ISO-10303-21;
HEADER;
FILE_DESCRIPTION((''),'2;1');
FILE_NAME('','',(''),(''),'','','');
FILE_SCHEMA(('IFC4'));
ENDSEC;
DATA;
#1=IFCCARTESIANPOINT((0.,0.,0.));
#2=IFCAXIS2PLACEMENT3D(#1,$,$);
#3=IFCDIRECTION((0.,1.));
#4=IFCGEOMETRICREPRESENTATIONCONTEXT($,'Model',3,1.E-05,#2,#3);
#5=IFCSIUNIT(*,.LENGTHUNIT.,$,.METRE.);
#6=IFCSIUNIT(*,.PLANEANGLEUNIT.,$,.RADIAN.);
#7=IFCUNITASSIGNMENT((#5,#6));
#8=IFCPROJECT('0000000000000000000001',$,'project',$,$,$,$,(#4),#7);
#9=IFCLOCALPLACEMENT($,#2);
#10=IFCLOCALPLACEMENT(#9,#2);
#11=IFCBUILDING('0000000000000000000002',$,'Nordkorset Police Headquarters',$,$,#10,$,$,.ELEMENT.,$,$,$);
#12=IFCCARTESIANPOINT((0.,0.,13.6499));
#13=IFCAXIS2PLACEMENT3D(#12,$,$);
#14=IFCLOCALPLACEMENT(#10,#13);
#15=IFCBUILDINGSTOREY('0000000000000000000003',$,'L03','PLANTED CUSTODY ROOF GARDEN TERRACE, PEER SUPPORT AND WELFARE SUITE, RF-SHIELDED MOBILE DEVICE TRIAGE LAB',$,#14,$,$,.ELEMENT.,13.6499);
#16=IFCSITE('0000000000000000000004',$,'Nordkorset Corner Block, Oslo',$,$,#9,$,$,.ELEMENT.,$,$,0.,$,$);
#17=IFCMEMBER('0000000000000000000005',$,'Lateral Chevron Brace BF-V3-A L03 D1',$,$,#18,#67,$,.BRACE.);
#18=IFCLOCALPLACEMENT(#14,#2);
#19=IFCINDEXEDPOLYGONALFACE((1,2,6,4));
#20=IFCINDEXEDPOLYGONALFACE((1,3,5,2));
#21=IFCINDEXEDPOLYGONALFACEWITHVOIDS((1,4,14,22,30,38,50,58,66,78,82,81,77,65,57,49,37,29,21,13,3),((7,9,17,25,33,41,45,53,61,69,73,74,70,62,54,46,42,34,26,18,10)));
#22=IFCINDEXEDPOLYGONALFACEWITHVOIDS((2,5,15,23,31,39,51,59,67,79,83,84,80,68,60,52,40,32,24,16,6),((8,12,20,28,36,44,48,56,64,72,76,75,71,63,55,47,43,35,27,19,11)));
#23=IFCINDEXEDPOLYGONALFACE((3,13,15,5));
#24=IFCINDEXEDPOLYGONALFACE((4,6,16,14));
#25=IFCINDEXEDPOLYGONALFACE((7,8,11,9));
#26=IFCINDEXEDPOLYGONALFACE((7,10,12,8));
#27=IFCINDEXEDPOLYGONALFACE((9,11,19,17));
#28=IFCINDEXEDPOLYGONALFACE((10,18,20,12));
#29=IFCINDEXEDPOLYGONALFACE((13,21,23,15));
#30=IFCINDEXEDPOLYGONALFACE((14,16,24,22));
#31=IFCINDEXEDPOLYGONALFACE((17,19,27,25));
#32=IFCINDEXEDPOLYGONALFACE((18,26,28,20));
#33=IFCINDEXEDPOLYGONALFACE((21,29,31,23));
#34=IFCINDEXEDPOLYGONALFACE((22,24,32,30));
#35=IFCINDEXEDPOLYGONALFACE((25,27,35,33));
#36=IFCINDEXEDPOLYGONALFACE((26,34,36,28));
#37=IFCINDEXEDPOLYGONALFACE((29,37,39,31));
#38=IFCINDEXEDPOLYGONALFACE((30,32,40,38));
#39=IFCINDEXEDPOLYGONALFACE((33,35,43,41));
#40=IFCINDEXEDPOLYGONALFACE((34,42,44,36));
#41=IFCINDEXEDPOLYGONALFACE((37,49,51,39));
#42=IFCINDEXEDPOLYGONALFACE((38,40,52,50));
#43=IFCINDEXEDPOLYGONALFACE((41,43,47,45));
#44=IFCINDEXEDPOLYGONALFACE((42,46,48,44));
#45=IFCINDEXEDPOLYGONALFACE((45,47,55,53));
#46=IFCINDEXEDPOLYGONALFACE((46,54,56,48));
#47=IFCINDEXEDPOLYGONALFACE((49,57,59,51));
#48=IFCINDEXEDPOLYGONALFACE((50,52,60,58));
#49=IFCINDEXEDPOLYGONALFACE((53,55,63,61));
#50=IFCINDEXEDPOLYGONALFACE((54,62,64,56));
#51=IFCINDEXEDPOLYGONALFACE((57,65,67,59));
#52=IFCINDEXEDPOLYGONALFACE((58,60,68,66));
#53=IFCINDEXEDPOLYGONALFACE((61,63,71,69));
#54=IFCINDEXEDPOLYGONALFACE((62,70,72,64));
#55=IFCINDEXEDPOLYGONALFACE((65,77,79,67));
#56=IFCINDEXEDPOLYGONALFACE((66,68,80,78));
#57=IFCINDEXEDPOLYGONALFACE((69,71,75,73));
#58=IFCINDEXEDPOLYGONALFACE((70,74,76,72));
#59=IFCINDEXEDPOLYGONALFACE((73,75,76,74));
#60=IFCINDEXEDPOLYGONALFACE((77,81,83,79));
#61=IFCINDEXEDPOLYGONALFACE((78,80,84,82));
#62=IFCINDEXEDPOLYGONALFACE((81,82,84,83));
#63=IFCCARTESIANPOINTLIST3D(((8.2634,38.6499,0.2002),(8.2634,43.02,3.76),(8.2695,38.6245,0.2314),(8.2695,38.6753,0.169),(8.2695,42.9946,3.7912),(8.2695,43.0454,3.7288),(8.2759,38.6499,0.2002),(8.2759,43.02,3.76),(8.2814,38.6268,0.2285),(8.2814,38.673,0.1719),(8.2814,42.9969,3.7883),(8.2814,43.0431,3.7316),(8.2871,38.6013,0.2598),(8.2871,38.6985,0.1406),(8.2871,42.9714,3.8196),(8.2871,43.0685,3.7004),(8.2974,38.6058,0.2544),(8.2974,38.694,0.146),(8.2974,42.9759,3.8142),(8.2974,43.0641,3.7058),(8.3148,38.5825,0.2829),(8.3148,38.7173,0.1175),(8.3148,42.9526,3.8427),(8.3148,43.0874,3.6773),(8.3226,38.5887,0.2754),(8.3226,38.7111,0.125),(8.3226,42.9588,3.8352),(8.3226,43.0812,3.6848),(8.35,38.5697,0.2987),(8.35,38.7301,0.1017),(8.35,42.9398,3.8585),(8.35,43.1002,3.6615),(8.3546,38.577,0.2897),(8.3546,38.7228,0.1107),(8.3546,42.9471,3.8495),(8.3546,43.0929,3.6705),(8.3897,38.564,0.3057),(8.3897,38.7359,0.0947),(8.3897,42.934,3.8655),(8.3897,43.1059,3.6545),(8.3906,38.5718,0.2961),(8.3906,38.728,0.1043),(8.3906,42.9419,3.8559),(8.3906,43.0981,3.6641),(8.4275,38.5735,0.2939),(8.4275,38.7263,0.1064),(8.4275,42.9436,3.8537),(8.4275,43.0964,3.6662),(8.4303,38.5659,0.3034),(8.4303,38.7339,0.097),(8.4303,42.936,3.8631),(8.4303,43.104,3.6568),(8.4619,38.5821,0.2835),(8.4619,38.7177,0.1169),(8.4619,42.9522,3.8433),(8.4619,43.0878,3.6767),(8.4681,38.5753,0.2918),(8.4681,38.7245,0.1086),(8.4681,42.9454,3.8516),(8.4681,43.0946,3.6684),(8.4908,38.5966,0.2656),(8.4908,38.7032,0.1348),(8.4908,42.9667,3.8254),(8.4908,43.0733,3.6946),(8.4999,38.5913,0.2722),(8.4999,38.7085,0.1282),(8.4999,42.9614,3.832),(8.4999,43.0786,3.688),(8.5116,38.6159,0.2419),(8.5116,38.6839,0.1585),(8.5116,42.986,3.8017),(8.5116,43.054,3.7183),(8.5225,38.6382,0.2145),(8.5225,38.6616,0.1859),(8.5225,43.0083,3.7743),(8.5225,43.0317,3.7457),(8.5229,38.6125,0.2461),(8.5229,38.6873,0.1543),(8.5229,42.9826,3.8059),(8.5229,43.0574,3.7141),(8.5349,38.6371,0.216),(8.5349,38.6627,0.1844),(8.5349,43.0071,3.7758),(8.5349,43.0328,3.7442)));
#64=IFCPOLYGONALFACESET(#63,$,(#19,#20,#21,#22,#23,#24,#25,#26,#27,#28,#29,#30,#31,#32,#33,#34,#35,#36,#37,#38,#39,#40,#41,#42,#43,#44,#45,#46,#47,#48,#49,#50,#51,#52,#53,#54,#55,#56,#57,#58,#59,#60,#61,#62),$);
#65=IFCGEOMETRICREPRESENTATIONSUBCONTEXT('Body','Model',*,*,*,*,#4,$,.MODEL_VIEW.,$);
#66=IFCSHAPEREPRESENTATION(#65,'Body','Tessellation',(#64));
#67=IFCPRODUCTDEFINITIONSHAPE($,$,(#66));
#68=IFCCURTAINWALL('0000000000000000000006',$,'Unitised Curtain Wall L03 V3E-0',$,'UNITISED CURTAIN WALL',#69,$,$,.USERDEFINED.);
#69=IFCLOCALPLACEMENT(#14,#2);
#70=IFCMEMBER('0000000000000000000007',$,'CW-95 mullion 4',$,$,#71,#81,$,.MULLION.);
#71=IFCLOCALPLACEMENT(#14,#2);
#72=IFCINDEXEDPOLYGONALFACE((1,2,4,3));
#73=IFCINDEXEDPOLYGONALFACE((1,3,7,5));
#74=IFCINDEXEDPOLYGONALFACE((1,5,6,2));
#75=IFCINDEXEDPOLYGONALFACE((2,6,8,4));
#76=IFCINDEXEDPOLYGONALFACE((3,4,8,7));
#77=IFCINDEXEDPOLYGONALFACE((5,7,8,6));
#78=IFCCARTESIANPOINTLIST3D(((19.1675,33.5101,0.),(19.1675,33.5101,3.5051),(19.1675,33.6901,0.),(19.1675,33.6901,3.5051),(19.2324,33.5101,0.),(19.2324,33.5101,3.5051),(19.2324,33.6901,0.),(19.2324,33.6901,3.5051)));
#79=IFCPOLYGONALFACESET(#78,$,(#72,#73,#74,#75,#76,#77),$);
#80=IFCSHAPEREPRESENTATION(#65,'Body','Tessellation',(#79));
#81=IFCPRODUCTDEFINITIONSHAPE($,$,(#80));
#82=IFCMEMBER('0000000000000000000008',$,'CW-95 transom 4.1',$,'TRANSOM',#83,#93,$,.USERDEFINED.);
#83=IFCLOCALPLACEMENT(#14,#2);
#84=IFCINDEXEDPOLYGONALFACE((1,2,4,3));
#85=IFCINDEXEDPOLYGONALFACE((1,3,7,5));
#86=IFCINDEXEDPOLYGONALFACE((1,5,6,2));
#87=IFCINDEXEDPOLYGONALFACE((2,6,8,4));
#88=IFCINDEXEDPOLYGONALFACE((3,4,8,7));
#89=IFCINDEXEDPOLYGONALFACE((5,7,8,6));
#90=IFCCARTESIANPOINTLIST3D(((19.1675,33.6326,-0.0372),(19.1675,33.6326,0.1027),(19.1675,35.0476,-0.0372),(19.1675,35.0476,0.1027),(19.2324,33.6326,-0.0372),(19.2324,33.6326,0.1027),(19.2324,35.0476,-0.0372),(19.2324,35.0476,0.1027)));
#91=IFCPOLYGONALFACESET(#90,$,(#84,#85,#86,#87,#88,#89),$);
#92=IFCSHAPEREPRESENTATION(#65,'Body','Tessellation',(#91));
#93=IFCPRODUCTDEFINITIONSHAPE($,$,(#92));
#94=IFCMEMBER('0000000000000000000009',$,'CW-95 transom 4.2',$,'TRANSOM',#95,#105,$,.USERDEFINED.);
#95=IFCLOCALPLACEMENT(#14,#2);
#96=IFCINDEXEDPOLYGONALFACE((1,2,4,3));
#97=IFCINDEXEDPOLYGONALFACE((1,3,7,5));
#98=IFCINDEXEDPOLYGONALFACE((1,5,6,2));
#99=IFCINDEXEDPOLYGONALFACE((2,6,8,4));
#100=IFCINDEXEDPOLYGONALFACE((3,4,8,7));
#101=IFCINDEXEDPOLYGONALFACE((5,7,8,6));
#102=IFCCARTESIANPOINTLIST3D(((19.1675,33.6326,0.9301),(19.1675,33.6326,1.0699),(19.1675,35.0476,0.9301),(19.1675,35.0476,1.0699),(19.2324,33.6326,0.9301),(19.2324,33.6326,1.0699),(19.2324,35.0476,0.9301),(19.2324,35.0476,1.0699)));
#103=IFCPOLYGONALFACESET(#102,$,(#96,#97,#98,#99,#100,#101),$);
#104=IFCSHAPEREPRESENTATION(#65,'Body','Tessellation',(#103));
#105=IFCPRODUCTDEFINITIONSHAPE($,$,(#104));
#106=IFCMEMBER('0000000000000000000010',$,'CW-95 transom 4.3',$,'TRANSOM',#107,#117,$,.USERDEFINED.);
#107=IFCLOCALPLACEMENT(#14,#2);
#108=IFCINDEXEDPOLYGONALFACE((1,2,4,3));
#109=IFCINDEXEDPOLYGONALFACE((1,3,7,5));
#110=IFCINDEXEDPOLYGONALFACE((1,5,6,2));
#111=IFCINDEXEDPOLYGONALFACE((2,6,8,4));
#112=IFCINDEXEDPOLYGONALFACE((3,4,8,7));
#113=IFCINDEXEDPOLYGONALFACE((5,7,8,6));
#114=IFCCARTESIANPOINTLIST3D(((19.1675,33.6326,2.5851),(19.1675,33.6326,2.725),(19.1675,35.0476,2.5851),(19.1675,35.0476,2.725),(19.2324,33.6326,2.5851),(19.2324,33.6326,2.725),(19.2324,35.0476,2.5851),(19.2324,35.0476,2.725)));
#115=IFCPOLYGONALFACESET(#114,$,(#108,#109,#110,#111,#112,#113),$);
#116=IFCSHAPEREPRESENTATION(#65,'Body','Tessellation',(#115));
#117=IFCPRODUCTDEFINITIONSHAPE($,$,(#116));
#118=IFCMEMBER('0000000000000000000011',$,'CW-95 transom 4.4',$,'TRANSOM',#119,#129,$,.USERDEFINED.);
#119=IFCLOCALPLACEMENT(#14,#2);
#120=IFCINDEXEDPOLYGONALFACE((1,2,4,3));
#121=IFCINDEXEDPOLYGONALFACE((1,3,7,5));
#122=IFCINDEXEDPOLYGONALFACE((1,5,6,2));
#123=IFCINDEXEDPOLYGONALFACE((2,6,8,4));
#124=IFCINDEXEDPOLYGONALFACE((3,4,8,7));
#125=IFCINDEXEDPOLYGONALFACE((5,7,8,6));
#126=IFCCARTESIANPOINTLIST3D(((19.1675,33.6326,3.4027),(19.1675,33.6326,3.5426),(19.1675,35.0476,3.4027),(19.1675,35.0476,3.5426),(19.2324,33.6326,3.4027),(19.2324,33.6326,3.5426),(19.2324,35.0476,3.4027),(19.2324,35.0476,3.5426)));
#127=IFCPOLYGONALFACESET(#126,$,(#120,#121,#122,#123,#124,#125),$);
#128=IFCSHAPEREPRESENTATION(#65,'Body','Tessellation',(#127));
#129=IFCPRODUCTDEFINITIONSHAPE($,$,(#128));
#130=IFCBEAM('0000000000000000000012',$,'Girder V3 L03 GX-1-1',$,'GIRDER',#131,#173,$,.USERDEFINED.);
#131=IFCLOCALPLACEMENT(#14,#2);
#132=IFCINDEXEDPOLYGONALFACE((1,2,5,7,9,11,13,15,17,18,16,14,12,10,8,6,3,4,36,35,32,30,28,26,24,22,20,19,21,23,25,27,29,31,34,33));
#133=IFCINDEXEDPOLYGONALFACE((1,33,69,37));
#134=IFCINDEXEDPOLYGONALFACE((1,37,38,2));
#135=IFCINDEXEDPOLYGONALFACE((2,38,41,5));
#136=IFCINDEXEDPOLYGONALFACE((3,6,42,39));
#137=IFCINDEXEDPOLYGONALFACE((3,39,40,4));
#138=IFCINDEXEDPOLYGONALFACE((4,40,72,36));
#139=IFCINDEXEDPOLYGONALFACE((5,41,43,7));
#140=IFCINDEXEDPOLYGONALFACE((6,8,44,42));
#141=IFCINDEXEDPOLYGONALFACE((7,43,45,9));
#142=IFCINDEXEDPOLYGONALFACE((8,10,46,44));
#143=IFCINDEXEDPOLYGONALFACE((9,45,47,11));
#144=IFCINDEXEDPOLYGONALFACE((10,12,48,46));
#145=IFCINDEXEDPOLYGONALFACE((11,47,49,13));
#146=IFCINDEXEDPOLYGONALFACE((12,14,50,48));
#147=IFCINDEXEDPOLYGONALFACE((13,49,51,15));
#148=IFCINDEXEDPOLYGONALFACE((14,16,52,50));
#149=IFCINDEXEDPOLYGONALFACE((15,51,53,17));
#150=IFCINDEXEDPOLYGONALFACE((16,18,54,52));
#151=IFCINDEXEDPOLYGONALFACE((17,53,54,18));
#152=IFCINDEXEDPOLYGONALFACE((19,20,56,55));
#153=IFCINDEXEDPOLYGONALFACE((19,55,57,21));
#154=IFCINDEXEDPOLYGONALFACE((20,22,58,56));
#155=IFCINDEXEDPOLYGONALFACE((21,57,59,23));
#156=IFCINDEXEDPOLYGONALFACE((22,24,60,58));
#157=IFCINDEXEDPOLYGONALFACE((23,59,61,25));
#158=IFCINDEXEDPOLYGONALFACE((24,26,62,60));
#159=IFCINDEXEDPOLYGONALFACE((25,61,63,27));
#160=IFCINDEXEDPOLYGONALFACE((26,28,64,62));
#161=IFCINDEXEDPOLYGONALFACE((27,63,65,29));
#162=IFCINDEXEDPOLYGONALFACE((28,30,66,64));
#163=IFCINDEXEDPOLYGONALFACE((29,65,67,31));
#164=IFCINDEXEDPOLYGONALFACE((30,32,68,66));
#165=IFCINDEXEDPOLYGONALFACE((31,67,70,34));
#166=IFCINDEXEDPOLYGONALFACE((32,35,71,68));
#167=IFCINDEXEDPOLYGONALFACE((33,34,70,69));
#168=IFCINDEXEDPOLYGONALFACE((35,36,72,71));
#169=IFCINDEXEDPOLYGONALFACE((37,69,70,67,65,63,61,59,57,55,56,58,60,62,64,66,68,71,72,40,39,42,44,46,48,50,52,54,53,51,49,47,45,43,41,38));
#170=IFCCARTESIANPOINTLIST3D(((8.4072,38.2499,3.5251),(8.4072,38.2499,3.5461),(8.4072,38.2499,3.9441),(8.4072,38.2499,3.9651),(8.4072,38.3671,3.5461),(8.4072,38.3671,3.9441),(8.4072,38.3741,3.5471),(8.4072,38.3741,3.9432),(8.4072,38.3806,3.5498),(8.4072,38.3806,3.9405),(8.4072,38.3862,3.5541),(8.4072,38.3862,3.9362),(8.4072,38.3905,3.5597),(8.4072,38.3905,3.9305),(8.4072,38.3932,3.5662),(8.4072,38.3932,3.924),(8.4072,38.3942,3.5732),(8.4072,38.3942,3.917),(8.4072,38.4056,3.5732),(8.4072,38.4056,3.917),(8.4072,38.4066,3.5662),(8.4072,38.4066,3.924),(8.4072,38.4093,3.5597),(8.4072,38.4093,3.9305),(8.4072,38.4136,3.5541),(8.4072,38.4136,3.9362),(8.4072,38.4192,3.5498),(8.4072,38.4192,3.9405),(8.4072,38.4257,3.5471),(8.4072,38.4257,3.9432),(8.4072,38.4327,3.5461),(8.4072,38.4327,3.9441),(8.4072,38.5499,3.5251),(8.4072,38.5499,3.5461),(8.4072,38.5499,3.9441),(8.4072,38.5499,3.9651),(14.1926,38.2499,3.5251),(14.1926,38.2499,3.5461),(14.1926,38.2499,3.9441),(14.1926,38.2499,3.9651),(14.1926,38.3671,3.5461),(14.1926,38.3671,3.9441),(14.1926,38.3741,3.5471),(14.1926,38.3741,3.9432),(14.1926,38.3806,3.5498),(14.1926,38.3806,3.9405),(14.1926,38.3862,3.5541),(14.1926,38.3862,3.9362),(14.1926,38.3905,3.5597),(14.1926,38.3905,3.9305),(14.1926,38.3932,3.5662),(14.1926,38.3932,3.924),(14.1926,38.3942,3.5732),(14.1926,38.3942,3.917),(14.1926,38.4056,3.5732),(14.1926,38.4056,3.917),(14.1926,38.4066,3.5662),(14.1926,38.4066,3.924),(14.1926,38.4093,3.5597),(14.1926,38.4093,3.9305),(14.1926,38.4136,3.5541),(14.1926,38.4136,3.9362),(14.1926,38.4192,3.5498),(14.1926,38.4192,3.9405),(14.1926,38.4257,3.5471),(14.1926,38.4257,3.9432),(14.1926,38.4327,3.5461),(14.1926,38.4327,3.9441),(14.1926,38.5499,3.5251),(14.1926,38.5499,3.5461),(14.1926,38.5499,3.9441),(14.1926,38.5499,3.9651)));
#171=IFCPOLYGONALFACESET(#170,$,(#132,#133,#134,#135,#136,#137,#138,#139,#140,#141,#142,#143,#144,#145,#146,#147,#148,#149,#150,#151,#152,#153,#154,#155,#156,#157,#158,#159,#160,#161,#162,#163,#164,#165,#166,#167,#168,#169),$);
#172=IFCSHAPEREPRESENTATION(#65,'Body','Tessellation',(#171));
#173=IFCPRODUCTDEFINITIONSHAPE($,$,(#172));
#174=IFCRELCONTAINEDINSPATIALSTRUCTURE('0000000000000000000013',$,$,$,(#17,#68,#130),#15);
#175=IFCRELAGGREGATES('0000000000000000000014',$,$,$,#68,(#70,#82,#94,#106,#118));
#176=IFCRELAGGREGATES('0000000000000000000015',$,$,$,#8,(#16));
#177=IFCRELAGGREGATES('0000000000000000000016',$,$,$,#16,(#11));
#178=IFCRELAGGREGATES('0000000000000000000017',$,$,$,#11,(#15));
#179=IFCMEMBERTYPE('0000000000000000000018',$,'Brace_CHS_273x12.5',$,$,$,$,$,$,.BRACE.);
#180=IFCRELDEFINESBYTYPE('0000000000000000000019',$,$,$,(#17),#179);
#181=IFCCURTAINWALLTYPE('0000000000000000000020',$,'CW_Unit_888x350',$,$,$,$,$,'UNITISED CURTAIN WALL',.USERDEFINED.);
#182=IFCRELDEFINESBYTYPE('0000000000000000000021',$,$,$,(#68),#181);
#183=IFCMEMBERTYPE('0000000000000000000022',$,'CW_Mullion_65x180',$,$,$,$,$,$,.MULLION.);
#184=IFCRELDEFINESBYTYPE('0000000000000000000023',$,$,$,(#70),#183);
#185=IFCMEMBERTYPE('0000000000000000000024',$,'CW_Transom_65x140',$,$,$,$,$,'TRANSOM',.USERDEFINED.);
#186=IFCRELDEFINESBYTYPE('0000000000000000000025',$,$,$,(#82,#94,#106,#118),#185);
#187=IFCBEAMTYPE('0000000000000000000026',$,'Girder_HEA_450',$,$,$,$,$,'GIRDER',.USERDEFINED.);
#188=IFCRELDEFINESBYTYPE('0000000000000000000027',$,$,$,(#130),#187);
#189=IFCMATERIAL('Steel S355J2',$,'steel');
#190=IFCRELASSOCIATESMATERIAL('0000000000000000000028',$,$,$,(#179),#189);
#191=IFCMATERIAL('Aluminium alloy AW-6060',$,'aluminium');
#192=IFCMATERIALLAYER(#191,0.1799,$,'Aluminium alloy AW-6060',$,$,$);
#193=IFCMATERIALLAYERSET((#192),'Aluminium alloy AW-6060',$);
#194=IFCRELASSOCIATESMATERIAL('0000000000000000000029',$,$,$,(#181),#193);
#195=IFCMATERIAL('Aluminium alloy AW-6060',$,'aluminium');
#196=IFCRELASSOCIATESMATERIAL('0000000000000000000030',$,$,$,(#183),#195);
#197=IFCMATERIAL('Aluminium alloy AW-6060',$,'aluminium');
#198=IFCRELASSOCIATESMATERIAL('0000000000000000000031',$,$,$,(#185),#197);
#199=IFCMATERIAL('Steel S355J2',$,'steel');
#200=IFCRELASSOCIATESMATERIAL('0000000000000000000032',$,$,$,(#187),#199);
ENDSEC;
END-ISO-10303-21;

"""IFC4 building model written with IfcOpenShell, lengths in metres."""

from ifc_helpers import new_model, si_unit, direction, frame, origin, origin_2d, place, context, subcontext, project, spatial, rectangle, hollow_circle, i_section, extrude, material, layer, layer_set, material_profile, profile_set, type_object, element, aggregate, save


model = new_model("IFC4")

# Units and contexts
model_context = context("Model", 3, precision=1e-05, world=origin(), true_north=direction((0.0, 1.0)))
body_context = subcontext(model_context, "Body", "Model", "MODEL_VIEW")
ifc_project = project(units=[si_unit("LENGTHUNIT", "METRE"), si_unit("PLANEANGLEUNIT", "RADIAN")], contexts=[model_context])

# Site, building, storey
site_placement = place(None, origin())
site = spatial("IfcSite", under=ifc_project, at=site_placement, Name="Nordkorset Corner Block, Oslo", CompositionType="ELEMENT", RefElevation=0.0)
building_placement = place(site_placement, origin())
building = spatial("IfcBuilding", under=site, at=building_placement, Name="Nordkorset Police Headquarters", CompositionType="ELEMENT")
storey_placement = place(building_placement, frame((0.0, 0.0, 13.6499)))
storey = spatial("IfcBuildingStorey", under=building, at=storey_placement, Name="L03", Description="PLANTED CUSTODY ROOF GARDEN TERRACE, PEER SUPPORT AND WELFARE SUITE, RF-SHIELDED MOBILE DEVICE TRIAGE LAB", CompositionType="ELEMENT", Elevation=13.6499)

# Member
ifc_material_1 = material(Name="Steel S355J2", Category="steel")
ifc_material_profile_1 = material_profile(ifc_material_1, hollow_circle(Radius=0.1365, WallThickness=0.0125, at=origin_2d()), Name="CHS 273x12.5")
ifc_profile_set_1 = profile_set([ifc_material_profile_1], Name="Steel S355J2")
member_type_1 = type_object("IfcMemberType", Name="Brace_CHS_273x12.5", PredefinedType="BRACE", material=ifc_profile_set_1)
member_1_placement = place(storey_placement, frame((8.3999, 38.6499, 0.2002), z_axis=(0.0, 0.775324, 0.631564), x_axis=(-1.0, 0.0, 0.0)))
element("IfcMember", 1, at=member_1_placement, inside=storey, type_object=member_type_1, Name="Lateral Chevron Brace BF-V3-A L03 D1", PredefinedType="BRACE", context=body_context, shape_type="SweptSolid", body=[
    extrude(hollow_circle(Radius=0.1365, WallThickness=0.0125, at=origin_2d()), origin(), (0.0, 0.0, 1.0), 5.6365),
])

# Curtain wall, members
ifc_material_2 = material(Name="Aluminium alloy AW-6060", Category="aluminium")
ifc_layer_1 = layer(ifc_material_2, 0.1799, Name="Aluminium alloy AW-6060")
ifc_layer_set_1 = layer_set([ifc_layer_1], Name="Aluminium alloy AW-6060")
curtain_wall_type = type_object("IfcCurtainWallType", Name="CW_Unit_888x350", ElementType="UNITISED CURTAIN WALL", PredefinedType="USERDEFINED", material=ifc_layer_set_1)
curtain_wall_placement = place(storey_placement, origin())
curtain_wall = element("IfcCurtainWall", 2, at=curtain_wall_placement, inside=storey, type_object=curtain_wall_type, Name="Unitised Curtain Wall L03 V3E-0", ObjectType="UNITISED CURTAIN WALL", PredefinedType="USERDEFINED")
ifc_material_3 = material(Name="Aluminium alloy AW-6060", Category="aluminium")
ifc_material_profile_2 = material_profile(ifc_material_3, rectangle(XDim=0.0649, YDim=0.1799, at=origin_2d()), Name="ALU MULL 65x180")
ifc_profile_set_2 = profile_set([ifc_material_profile_2], Name="Aluminium alloy AW-6060")
member_type_2 = type_object("IfcMemberType", Name="CW_Mullion_65x180", PredefinedType="MULLION", material=ifc_profile_set_2)
member_2_placement = place(storey_placement, frame((19.2, 33.6001, 0.0), z_axis=(0.0, 0.0, 1.0), x_axis=(-1.0, 0.0, 0.0)))
member_2 = element("IfcMember", 3, at=member_2_placement, type_object=member_type_2, Name="CW-95 mullion 4", PredefinedType="MULLION", context=body_context, shape_type="SweptSolid", body=[
    extrude(rectangle(XDim=0.0649, YDim=0.1799, at=origin_2d()), origin(), (0.0, 0.0, 1.0), 3.5051),
])
ifc_material_4 = material(Name="Aluminium alloy AW-6060", Category="aluminium")
ifc_material_profile_3 = material_profile(ifc_material_4, rectangle(XDim=0.0649, YDim=0.1399, at=origin_2d()), Name="ALU TRAN 65x140")
ifc_profile_set_3 = profile_set([ifc_material_profile_3], Name="Aluminium alloy AW-6060")
member_type_3 = type_object("IfcMemberType", Name="CW_Transom_65x140", ElementType="TRANSOM", PredefinedType="USERDEFINED", material=ifc_profile_set_3)
member_3_placement = place(storey_placement, frame((19.2, 33.6326, 0.0327), z_axis=(0.0, 1.0, 0.0), x_axis=(-1.0, 0.0, 0.0)))
member_3 = element("IfcMember", 4, at=member_3_placement, type_object=member_type_3, Name="CW-95 transom 4.1", ObjectType="TRANSOM", PredefinedType="USERDEFINED", context=body_context, shape_type="SweptSolid", body=[
    extrude(rectangle(XDim=0.0649, YDim=0.1399, at=origin_2d()), origin(), (0.0, 0.0, 1.0), 1.415),
])
member_4_placement = place(storey_placement, frame((19.2, 33.6326, 1.0), z_axis=(0.0, 1.0, 0.0), x_axis=(-1.0, 0.0, 0.0)))
member_4 = element("IfcMember", 5, at=member_4_placement, type_object=member_type_3, Name="CW-95 transom 4.2", ObjectType="TRANSOM", PredefinedType="USERDEFINED", context=body_context, shape_type="SweptSolid", body=[
    extrude(rectangle(XDim=0.0649, YDim=0.1399, at=origin_2d()), origin(), (0.0, 0.0, 1.0), 1.415),
])
member_5_placement = place(storey_placement, frame((19.2, 33.6326, 2.655), z_axis=(0.0, 1.0, 0.0), x_axis=(-1.0, 0.0, 0.0)))
member_5 = element("IfcMember", 6, at=member_5_placement, type_object=member_type_3, Name="CW-95 transom 4.3", ObjectType="TRANSOM", PredefinedType="USERDEFINED", context=body_context, shape_type="SweptSolid", body=[
    extrude(rectangle(XDim=0.0649, YDim=0.1399, at=origin_2d()), origin(), (0.0, 0.0, 1.0), 1.415),
])
member_6_placement = place(storey_placement, frame((19.2, 33.6326, 3.4727), z_axis=(0.0, 1.0, 0.0), x_axis=(-1.0, 0.0, 0.0)))
member_6 = element("IfcMember", 7, at=member_6_placement, type_object=member_type_3, Name="CW-95 transom 4.4", ObjectType="TRANSOM", PredefinedType="USERDEFINED", context=body_context, shape_type="SweptSolid", body=[
    extrude(rectangle(XDim=0.0649, YDim=0.1399, at=origin_2d()), origin(), (0.0, 0.0, 1.0), 1.415),
])

# Beam
ifc_material_5 = material(Name="Steel S355J2", Category="steel")
ifc_material_profile_4 = material_profile(ifc_material_5, i_section(OverallWidth=0.3, OverallDepth=0.4399, WebThickness=0.0115, FlangeThickness=0.021, FilletRadius=0.0271, at=origin_2d()), Name="HEA 450")
ifc_profile_set_4 = profile_set([ifc_material_profile_4], Name="Steel S355J2")
beam_type_1 = type_object("IfcBeamType", Name="Girder_HEA_450", ElementType="GIRDER", PredefinedType="USERDEFINED", material=ifc_profile_set_4)
beam_1_placement = place(storey_placement, frame((8.4072, 38.3999, 3.7451), z_axis=(1.0, 0.0, 0.0), x_axis=(0.0, 1.0, 0.0)))
element("IfcBeam", 8, at=beam_1_placement, inside=storey, type_object=beam_type_1, Name="Girder V3 L03 GX-1-1", ObjectType="GIRDER", PredefinedType="USERDEFINED", context=body_context, shape_type="SweptSolid", body=[
    extrude(i_section(OverallWidth=0.3, OverallDepth=0.4399, WebThickness=0.0115, FlangeThickness=0.021, FilletRadius=0.0271, at=origin_2d()), origin(), (0.0, 0.0, 1.0), 5.7854),
])

aggregate(curtain_wall, [member_2, member_3, member_4, member_5, member_6])

save(model, "model.ifc")
